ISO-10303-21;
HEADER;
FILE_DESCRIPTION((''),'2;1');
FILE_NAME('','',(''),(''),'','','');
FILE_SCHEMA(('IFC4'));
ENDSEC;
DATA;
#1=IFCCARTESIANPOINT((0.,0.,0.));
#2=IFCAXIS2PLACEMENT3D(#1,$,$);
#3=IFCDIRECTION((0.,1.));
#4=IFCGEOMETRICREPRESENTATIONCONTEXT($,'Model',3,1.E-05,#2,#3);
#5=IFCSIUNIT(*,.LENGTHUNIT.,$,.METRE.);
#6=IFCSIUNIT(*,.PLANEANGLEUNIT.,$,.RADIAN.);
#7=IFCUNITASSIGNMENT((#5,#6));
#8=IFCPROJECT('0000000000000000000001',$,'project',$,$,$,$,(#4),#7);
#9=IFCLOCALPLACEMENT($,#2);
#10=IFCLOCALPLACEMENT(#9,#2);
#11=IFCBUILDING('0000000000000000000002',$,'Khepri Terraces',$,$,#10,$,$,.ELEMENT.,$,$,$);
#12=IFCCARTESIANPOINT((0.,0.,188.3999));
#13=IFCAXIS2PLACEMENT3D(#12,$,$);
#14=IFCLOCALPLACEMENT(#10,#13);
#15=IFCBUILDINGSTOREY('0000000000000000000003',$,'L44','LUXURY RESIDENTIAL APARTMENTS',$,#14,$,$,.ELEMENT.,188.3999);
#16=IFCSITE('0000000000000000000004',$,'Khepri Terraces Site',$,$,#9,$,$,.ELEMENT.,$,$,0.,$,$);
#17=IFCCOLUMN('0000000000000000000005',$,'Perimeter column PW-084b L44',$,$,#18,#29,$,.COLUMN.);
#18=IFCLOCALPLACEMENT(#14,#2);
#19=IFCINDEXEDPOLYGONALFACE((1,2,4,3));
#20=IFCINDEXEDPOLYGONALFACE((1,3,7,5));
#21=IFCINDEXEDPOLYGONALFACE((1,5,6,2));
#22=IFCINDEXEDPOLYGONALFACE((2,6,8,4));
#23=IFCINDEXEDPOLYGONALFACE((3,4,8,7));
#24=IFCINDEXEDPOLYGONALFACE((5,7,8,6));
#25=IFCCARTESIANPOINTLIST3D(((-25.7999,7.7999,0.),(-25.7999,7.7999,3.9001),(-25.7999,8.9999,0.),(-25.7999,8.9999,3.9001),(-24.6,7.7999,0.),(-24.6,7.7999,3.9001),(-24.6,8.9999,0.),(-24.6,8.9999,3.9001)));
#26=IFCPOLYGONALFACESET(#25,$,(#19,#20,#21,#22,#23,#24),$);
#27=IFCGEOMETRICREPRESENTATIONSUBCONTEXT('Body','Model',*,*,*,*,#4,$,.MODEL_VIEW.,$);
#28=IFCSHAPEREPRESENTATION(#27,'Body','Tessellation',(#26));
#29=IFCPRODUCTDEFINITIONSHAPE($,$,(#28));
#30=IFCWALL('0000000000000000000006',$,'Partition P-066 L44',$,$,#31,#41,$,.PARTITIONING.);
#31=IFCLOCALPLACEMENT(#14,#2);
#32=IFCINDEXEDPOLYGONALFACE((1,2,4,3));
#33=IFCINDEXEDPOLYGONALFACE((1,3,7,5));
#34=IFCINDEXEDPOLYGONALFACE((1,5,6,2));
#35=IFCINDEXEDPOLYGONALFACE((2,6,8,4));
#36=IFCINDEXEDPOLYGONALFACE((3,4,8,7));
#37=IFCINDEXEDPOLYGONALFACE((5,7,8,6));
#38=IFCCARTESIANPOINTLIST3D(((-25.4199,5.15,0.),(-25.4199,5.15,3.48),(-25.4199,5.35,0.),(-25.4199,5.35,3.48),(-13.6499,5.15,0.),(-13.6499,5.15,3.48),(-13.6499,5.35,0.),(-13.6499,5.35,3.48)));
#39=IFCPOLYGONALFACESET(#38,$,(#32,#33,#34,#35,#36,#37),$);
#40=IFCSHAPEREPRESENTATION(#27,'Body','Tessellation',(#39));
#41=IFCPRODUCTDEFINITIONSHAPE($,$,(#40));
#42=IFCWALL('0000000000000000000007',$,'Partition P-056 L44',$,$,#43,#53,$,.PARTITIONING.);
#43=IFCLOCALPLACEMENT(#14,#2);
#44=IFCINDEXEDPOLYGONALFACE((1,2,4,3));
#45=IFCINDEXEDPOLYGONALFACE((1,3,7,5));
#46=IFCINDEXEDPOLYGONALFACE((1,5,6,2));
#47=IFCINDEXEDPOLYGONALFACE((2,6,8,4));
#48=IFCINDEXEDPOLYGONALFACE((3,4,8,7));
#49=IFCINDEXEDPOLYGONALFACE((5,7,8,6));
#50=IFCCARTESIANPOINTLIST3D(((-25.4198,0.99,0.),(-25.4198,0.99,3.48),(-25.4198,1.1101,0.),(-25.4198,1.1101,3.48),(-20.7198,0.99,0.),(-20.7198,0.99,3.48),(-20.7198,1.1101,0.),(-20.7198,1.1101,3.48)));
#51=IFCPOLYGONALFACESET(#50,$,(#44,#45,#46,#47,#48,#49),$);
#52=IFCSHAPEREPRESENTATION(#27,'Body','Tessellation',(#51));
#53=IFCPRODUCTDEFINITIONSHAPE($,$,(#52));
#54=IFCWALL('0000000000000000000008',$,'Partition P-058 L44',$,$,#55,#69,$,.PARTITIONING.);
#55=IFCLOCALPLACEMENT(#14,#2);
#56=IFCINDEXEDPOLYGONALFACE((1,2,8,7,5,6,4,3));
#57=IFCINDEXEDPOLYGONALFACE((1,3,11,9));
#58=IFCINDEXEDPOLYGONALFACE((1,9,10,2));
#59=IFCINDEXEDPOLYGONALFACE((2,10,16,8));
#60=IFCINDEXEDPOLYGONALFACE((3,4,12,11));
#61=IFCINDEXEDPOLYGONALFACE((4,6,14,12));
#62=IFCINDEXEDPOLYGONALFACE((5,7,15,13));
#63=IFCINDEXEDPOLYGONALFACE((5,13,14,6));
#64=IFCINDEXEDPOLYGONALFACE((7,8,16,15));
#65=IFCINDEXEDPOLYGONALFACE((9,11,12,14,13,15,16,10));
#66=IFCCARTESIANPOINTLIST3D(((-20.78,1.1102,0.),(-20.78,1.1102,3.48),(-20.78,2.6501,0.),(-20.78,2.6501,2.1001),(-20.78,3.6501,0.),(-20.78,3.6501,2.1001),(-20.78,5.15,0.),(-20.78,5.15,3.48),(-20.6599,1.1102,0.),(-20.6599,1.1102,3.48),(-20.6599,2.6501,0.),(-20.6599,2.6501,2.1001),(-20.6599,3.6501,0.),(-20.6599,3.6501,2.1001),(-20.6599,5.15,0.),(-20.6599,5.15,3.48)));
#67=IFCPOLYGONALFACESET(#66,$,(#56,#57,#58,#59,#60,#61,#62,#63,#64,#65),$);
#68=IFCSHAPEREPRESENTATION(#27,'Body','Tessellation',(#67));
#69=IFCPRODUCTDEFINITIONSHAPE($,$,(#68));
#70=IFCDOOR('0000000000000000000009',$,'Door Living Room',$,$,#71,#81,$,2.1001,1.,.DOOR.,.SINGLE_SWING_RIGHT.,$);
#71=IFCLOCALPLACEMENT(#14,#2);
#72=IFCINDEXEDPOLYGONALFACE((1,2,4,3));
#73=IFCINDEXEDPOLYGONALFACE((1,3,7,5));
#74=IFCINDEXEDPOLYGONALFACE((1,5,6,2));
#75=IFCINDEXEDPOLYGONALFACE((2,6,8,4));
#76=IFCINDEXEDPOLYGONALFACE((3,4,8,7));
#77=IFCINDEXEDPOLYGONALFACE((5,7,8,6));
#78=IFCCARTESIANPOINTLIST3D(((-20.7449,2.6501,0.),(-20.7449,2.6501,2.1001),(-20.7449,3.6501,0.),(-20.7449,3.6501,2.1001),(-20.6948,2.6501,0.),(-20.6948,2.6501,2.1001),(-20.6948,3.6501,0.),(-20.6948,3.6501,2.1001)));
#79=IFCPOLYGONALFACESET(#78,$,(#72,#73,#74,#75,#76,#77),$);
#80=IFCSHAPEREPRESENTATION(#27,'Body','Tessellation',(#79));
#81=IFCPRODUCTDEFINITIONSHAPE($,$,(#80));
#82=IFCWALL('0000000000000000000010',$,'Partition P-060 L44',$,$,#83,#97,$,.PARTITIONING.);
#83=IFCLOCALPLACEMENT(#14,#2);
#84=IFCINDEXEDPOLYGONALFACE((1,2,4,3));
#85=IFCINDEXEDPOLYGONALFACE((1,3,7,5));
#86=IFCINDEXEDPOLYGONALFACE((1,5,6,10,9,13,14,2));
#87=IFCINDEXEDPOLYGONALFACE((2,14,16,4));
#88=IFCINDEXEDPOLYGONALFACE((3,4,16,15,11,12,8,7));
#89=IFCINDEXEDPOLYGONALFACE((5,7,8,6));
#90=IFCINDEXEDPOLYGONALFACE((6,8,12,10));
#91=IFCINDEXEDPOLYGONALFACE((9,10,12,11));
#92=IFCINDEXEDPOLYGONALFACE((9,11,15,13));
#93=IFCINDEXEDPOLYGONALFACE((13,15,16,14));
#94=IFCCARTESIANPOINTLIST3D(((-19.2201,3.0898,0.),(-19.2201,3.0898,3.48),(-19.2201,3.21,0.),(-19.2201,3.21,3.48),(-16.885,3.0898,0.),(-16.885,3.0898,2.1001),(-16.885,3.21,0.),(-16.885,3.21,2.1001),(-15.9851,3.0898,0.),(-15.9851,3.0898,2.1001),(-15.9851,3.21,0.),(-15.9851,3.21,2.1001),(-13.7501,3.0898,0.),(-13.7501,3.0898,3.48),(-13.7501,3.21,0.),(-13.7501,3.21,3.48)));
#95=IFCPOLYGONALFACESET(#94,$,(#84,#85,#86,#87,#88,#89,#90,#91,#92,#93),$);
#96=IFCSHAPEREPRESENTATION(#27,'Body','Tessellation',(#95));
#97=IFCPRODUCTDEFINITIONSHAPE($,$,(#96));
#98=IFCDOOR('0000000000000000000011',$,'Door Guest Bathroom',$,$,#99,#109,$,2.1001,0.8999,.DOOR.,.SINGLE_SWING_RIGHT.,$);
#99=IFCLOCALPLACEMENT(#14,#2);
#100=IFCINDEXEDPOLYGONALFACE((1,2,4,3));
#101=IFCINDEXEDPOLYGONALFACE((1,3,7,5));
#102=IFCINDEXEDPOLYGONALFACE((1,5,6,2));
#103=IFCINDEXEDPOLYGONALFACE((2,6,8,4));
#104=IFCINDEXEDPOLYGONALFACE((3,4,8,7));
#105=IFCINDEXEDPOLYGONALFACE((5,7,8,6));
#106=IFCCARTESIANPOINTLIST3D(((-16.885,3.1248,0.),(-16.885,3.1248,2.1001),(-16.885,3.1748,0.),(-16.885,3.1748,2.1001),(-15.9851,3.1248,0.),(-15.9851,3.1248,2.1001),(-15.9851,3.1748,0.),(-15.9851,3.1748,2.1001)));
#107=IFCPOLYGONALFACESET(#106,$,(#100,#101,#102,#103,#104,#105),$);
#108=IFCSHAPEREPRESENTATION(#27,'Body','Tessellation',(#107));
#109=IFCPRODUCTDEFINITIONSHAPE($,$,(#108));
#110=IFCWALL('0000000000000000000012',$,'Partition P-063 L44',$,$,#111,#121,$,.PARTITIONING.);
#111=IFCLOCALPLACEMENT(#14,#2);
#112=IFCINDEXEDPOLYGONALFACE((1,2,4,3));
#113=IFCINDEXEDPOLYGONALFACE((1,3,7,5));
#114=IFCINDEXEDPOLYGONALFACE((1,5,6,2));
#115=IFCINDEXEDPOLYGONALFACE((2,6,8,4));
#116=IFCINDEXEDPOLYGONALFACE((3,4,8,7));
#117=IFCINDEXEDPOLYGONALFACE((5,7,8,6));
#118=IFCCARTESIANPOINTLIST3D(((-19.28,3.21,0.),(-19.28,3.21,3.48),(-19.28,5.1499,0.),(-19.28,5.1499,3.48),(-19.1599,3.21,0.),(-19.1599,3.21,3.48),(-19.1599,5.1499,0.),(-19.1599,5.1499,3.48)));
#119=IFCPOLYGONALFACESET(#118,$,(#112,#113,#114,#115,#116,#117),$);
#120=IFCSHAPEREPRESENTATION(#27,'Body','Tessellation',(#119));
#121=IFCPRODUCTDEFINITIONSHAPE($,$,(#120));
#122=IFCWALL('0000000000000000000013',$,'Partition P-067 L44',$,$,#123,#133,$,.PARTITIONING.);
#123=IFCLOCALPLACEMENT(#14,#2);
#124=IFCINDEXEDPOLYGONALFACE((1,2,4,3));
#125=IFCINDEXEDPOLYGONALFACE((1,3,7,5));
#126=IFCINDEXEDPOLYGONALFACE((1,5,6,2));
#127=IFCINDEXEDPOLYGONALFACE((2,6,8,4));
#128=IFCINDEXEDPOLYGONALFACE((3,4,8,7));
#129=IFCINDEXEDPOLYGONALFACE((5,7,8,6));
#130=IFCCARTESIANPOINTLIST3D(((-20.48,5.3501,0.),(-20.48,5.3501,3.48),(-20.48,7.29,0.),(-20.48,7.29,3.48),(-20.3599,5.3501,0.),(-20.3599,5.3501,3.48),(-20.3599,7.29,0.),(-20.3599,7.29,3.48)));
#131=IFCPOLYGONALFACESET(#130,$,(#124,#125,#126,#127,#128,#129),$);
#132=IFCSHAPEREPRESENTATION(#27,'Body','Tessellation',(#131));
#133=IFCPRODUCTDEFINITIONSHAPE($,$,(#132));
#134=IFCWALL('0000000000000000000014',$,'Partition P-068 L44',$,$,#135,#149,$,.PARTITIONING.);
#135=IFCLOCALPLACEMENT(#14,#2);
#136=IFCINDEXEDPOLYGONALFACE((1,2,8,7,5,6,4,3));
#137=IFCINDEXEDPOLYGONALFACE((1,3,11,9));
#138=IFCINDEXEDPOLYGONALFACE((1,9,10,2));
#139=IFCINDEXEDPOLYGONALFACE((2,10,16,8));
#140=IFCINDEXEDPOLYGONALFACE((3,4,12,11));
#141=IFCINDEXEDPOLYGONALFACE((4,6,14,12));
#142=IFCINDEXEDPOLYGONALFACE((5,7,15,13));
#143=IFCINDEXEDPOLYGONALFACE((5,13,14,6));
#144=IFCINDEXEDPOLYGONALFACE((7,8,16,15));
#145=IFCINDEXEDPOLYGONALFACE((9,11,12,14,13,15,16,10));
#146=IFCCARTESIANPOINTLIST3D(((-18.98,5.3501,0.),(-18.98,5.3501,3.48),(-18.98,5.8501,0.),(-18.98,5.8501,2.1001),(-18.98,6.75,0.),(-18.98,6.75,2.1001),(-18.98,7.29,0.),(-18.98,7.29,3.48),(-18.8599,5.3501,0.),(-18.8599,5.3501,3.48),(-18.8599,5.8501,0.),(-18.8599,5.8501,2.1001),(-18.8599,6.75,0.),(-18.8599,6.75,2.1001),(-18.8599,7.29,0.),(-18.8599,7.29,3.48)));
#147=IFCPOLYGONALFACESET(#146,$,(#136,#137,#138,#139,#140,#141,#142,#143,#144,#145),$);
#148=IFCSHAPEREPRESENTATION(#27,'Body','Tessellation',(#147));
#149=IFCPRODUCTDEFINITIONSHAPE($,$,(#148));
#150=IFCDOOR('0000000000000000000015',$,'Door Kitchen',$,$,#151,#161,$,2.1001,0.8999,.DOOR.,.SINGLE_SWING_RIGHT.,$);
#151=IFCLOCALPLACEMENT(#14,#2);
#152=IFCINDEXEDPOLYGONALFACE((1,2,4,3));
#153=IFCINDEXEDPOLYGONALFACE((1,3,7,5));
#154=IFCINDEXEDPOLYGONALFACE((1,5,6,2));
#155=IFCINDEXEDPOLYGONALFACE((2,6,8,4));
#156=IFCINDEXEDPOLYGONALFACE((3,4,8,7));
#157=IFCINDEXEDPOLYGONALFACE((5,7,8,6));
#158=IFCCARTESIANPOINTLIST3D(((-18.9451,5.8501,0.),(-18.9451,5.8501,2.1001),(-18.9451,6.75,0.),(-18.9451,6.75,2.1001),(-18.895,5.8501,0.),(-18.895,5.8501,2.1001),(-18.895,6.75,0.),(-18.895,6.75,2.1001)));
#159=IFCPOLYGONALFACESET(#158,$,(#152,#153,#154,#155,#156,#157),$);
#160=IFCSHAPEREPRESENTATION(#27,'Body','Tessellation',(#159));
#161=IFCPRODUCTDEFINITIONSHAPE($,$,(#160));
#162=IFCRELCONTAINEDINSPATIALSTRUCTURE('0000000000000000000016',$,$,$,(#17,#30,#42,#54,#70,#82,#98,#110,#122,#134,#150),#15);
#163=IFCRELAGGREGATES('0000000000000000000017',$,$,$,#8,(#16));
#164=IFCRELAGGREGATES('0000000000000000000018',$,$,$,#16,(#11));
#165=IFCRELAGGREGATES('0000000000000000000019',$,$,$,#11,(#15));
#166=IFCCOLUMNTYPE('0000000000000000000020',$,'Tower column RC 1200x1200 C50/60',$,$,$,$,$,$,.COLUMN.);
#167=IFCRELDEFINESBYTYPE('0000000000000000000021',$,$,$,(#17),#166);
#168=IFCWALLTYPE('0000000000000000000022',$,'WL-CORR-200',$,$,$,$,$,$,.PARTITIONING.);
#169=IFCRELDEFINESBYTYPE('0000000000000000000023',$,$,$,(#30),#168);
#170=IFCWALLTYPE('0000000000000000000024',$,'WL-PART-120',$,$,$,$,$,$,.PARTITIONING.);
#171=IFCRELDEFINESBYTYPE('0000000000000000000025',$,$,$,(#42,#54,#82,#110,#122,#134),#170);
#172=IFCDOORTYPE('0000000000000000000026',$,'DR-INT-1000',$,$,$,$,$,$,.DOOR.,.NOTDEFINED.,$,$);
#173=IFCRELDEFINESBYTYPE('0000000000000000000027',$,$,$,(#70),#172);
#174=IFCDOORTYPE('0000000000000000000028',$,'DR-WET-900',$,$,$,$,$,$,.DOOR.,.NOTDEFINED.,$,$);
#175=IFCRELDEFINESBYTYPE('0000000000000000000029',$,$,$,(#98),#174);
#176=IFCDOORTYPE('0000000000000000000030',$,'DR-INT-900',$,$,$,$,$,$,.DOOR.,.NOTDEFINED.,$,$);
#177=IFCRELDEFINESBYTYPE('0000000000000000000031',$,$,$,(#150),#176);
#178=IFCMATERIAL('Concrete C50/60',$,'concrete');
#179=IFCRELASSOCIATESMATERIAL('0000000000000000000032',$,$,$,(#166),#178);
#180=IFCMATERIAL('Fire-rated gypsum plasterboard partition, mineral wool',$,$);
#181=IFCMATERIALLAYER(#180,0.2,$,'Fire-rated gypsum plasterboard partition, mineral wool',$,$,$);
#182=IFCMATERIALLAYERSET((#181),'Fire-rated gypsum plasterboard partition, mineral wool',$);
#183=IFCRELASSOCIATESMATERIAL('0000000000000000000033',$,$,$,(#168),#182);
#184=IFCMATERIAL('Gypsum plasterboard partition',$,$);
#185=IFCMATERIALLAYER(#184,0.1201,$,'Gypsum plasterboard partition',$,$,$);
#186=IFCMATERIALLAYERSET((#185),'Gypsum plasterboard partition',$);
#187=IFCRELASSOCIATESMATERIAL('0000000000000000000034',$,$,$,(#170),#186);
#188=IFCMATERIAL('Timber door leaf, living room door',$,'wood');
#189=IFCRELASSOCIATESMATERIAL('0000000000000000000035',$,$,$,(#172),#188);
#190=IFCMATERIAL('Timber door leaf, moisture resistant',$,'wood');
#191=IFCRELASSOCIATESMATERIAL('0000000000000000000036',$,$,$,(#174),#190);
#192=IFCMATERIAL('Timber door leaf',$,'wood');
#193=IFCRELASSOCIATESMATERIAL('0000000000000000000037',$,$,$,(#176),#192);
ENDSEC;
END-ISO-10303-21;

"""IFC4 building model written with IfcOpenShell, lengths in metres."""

from ifc_helpers import new_model, si_unit, direction, frame, frame_2d, origin, origin_2d, place, context, subcontext, project, spatial, rectangle, extrude, material, layer, layer_set, material_profile, profile_set, type_object, element, fill, save


model = new_model("IFC4")

# Units and contexts
model_context = context("Model", 3, precision=1e-05, world=origin(), true_north=direction((0.0, 1.0)))
body_context = subcontext(model_context, "Body", "Model", "MODEL_VIEW")
ifc_project = project(units=[si_unit("LENGTHUNIT", "METRE"), si_unit("PLANEANGLEUNIT", "RADIAN")], contexts=[model_context])

# Site, building, storey
site_placement = place(None, origin())
site = spatial("IfcSite", under=ifc_project, at=site_placement, Name="Khepri Terraces Site", CompositionType="ELEMENT", RefElevation=0.0)
building_placement = place(site_placement, origin())
building = spatial("IfcBuilding", under=site, at=building_placement, Name="Khepri Terraces", CompositionType="ELEMENT")
storey_placement = place(building_placement, frame((0.0, 0.0, 188.3999)))
storey = spatial("IfcBuildingStorey", under=building, at=storey_placement, Name="L44", Description="LUXURY RESIDENTIAL APARTMENTS", CompositionType="ELEMENT", Elevation=188.3999)

# Column
ifc_material_1 = material(Name="Concrete C50/60", Category="concrete")
ifc_material_profile = material_profile(ifc_material_1, rectangle(XDim=1.2, YDim=1.2, at=origin_2d()), Name="Concrete C50/60", Category="concrete")
ifc_profile_set = profile_set([ifc_material_profile], Name="Concrete C50/60")
column_type = type_object("IfcColumnType", Name="Tower column RC 1200x1200 C50/60", PredefinedType="COLUMN", material=ifc_profile_set)
column_placement = place(storey_placement, frame((-25.2, 8.3999, 0.0), z_axis=(0.0, 0.0, 1.0), x_axis=(1.0, 0.0, 0.0)))
element("IfcColumn", 1, at=column_placement, inside=storey, type_object=column_type, Name="Perimeter column PW-084b L44", PredefinedType="COLUMN", context=body_context, shape_type="SweptSolid", body=[
    extrude(rectangle(XDim=1.2, YDim=1.2, at=origin_2d()), origin(), (0.0, 0.0, 1.0), 3.9001),
])

# Wall
ifc_material_2 = material(Name="Fire-rated gypsum plasterboard partition, mineral wool")
ifc_layer_1 = layer(ifc_material_2, 0.2, Name="Fire-rated gypsum plasterboard partition, mineral wool")
ifc_layer_set_1 = layer_set([ifc_layer_1], Name="Fire-rated gypsum plasterboard partition, mineral wool")
wall_type_1 = type_object("IfcWallType", Name="WL-CORR-200", PredefinedType="PARTITIONING", material=ifc_layer_set_1)
wall_1_placement = place(storey_placement, frame((-25.4199, 5.25, 0.0), z_axis=(0.0, 0.0, 1.0), x_axis=(1.0, 0.0, 0.0)))
element("IfcWall", 2, at=wall_1_placement, inside=storey, type_object=wall_type_1, Name="Partition P-066 L44", PredefinedType="PARTITIONING", context=body_context, shape_type="SweptSolid", body=[
    extrude(rectangle(XDim=11.77, YDim=0.2, at=frame_2d((5.885, 0.0))), origin(), (0.0, 0.0, 1.0), 3.48),
])

# Wall
ifc_material_3 = material(Name="Gypsum plasterboard partition")
ifc_layer_2 = layer(ifc_material_3, 0.1201, Name="Gypsum plasterboard partition")
ifc_layer_set_2 = layer_set([ifc_layer_2], Name="Gypsum plasterboard partition")
wall_type_2 = type_object("IfcWallType", Name="WL-PART-120", PredefinedType="PARTITIONING", material=ifc_layer_set_2)
wall_2_placement = place(storey_placement, frame((-25.4199, 1.05, 0.0), z_axis=(0.0, 0.0, 1.0), x_axis=(1.0, 0.0, 0.0)))
element("IfcWall", 3, at=wall_2_placement, inside=storey, type_object=wall_type_2, Name="Partition P-056 L44", PredefinedType="PARTITIONING", context=body_context, shape_type="SweptSolid", body=[
    extrude(rectangle(XDim=4.7, YDim=0.1201, at=frame_2d((2.3501, 0.0))), origin(), (0.0, 0.0, 1.0), 3.48),
])

# Walls, openings, doors
wall_3_placement = place(storey_placement, frame((-20.72, 1.1101, 0.0), z_axis=(0.0, 0.0, 1.0), x_axis=(0.0, 1.0, 0.0)))
wall_3 = element("IfcWall", 4, at=wall_3_placement, inside=storey, type_object=wall_type_2, Name="Partition P-058 L44", PredefinedType="PARTITIONING", context=body_context, shape_type="SweptSolid", body=[
    extrude(rectangle(XDim=4.0398, YDim=0.1201, at=frame_2d((2.02, 0.0))), origin(), (0.0, 0.0, 1.0), 3.48),
])
opening_1_placement = place(wall_3_placement, frame((1.54, 0.0, 0.0)))
opening_1 = element("IfcOpeningElement", 5, at=opening_1_placement, cuts=wall_3, PredefinedType="OPENING", context=body_context, shape_type="SweptSolid", body=[
    extrude(rectangle(XDim=1.0, YDim=2.1001, at=frame_2d((0.5, 1.05))), frame((0.0, 0.0701, 0.0), z_axis=(0.0, -1.0, 0.0), x_axis=(1.0, 0.0, 0.0)), (0.0, 0.0, 1.0), 0.1401),
])
ifc_material_4 = material(Name="Timber door leaf, living room door", Category="wood")
door_type_1 = type_object("IfcDoorType", Name="DR-INT-1000", OperationType="NOTDEFINED", PredefinedType="DOOR", material=ifc_material_4)
door_1_placement = place(opening_1_placement, origin())
door_1 = element("IfcDoor", 6, at=door_1_placement, inside=storey, type_object=door_type_1, Name="Door Living Room", OperationType="SINGLE_SWING_RIGHT", OverallHeight=2.1001, OverallWidth=1.0, PredefinedType="DOOR", context=body_context, shape_type="SweptSolid", body=[
    extrude(rectangle(XDim=1.0, YDim=2.1001, at=frame_2d((0.5, 1.05))), frame((0.0, 0.0249, 0.0), z_axis=(0.0, -1.0, 0.0), x_axis=(1.0, 0.0, 0.0)), (0.0, 0.0, 1.0), 0.05),
])
fill(opening_1, door_1)
wall_4_placement = place(storey_placement, frame((-19.22, 3.1499, 0.0), z_axis=(0.0, 0.0, 1.0), x_axis=(1.0, 0.0, 0.0)))
wall_4 = element("IfcWall", 7, at=wall_4_placement, inside=storey, type_object=wall_type_2, Name="Partition P-060 L44", PredefinedType="PARTITIONING", context=body_context, shape_type="SweptSolid", body=[
    extrude(rectangle(XDim=5.47, YDim=0.1201, at=frame_2d((2.7349, 0.0))), origin(), (0.0, 0.0, 1.0), 3.48),
])
opening_2_placement = place(wall_4_placement, frame((2.335, 0.0, 0.0)))
opening_2 = element("IfcOpeningElement", 8, at=opening_2_placement, cuts=wall_4, PredefinedType="OPENING", context=body_context, shape_type="SweptSolid", body=[
    extrude(rectangle(XDim=0.8999, YDim=2.1001, at=frame_2d((0.45, 1.05))), frame((0.0, 0.0701, 0.0), z_axis=(0.0, -1.0, 0.0), x_axis=(1.0, 0.0, 0.0)), (0.0, 0.0, 1.0), 0.1401),
])
ifc_material_5 = material(Name="Timber door leaf, moisture resistant", Category="wood")
door_type_2 = type_object("IfcDoorType", Name="DR-WET-900", OperationType="NOTDEFINED", PredefinedType="DOOR", material=ifc_material_5)
door_2_placement = place(opening_2_placement, origin())
door_2 = element("IfcDoor", 9, at=door_2_placement, inside=storey, type_object=door_type_2, Name="Door Guest Bathroom", OperationType="SINGLE_SWING_RIGHT", OverallHeight=2.1001, OverallWidth=0.8999, PredefinedType="DOOR", context=body_context, shape_type="SweptSolid", body=[
    extrude(rectangle(XDim=0.8999, YDim=2.1001, at=frame_2d((0.45, 1.05))), frame((0.0, 0.0249, 0.0), z_axis=(0.0, -1.0, 0.0), x_axis=(1.0, 0.0, 0.0)), (0.0, 0.0, 1.0), 0.05),
])
fill(opening_2, door_2)

# Walls
for number, where, z_axis, x_axis, name in (
    (10, (-19.22, 3.21, 0.0), (0.0, 0.0, 1.0), (0.0, 1.0, 0.0), "Partition P-063 L44"),
    (11, (-20.4199, 5.3501, 0.0), (0.0, 0.0, 1.0), (0.0, 1.0, 0.0), "Partition P-067 L44"),
):
    element("IfcWall", number, at=place(storey_placement, frame(where, z_axis=z_axis, x_axis=x_axis)), inside=storey, type_object=wall_type_2, Name=name, PredefinedType="PARTITIONING", context=body_context, shape_type="SweptSolid", body=[
        extrude(rectangle(XDim=1.9399, YDim=0.1201, at=frame_2d((0.97, 0.0))), origin(), (0.0, 0.0, 1.0), 3.48),
    ])

# Wall, opening, door
wall_5_placement = place(storey_placement, frame((-18.9199, 5.3501, 0.0), z_axis=(0.0, 0.0, 1.0), x_axis=(0.0, 1.0, 0.0)))
wall_5 = element("IfcWall", 12, at=wall_5_placement, inside=storey, type_object=wall_type_2, Name="Partition P-068 L44", PredefinedType="PARTITIONING", context=body_context, shape_type="SweptSolid", body=[
    extrude(rectangle(XDim=1.9399, YDim=0.1201, at=frame_2d((0.97, 0.0))), origin(), (0.0, 0.0, 1.0), 3.48),
])
opening_3_placement = place(wall_5_placement, frame((0.5, 0.0, 0.0)))
opening_3 = element("IfcOpeningElement", 13, at=opening_3_placement, cuts=wall_5, PredefinedType="OPENING", context=body_context, shape_type="SweptSolid", body=[
    extrude(rectangle(XDim=0.8999, YDim=2.1001, at=frame_2d((0.45, 1.05))), frame((0.0, 0.0701, 0.0), z_axis=(0.0, -1.0, 0.0), x_axis=(1.0, 0.0, 0.0)), (0.0, 0.0, 1.0), 0.1401),
])
ifc_material_6 = material(Name="Timber door leaf", Category="wood")
door_type_3 = type_object("IfcDoorType", Name="DR-INT-900", OperationType="NOTDEFINED", PredefinedType="DOOR", material=ifc_material_6)
door_3_placement = place(opening_3_placement, frame((0.8999, 0.0, 0.0), z_axis=(0.0, 0.0, 1.0), x_axis=(-1.0, 0.0, 0.0)))
door_3 = element("IfcDoor", 14, at=door_3_placement, inside=storey, type_object=door_type_3, Name="Door Kitchen", OperationType="SINGLE_SWING_RIGHT", OverallHeight=2.1001, OverallWidth=0.8999, PredefinedType="DOOR", context=body_context, shape_type="SweptSolid", body=[
    extrude(rectangle(XDim=0.8999, YDim=2.1001, at=frame_2d((0.45, 1.05))), frame((0.0, 0.0249, 0.0), z_axis=(0.0, -1.0, 0.0), x_axis=(1.0, 0.0, 0.0)), (0.0, 0.0, 1.0), 0.05),
])
fill(opening_3, door_3)

save(model, "model.ifc")
